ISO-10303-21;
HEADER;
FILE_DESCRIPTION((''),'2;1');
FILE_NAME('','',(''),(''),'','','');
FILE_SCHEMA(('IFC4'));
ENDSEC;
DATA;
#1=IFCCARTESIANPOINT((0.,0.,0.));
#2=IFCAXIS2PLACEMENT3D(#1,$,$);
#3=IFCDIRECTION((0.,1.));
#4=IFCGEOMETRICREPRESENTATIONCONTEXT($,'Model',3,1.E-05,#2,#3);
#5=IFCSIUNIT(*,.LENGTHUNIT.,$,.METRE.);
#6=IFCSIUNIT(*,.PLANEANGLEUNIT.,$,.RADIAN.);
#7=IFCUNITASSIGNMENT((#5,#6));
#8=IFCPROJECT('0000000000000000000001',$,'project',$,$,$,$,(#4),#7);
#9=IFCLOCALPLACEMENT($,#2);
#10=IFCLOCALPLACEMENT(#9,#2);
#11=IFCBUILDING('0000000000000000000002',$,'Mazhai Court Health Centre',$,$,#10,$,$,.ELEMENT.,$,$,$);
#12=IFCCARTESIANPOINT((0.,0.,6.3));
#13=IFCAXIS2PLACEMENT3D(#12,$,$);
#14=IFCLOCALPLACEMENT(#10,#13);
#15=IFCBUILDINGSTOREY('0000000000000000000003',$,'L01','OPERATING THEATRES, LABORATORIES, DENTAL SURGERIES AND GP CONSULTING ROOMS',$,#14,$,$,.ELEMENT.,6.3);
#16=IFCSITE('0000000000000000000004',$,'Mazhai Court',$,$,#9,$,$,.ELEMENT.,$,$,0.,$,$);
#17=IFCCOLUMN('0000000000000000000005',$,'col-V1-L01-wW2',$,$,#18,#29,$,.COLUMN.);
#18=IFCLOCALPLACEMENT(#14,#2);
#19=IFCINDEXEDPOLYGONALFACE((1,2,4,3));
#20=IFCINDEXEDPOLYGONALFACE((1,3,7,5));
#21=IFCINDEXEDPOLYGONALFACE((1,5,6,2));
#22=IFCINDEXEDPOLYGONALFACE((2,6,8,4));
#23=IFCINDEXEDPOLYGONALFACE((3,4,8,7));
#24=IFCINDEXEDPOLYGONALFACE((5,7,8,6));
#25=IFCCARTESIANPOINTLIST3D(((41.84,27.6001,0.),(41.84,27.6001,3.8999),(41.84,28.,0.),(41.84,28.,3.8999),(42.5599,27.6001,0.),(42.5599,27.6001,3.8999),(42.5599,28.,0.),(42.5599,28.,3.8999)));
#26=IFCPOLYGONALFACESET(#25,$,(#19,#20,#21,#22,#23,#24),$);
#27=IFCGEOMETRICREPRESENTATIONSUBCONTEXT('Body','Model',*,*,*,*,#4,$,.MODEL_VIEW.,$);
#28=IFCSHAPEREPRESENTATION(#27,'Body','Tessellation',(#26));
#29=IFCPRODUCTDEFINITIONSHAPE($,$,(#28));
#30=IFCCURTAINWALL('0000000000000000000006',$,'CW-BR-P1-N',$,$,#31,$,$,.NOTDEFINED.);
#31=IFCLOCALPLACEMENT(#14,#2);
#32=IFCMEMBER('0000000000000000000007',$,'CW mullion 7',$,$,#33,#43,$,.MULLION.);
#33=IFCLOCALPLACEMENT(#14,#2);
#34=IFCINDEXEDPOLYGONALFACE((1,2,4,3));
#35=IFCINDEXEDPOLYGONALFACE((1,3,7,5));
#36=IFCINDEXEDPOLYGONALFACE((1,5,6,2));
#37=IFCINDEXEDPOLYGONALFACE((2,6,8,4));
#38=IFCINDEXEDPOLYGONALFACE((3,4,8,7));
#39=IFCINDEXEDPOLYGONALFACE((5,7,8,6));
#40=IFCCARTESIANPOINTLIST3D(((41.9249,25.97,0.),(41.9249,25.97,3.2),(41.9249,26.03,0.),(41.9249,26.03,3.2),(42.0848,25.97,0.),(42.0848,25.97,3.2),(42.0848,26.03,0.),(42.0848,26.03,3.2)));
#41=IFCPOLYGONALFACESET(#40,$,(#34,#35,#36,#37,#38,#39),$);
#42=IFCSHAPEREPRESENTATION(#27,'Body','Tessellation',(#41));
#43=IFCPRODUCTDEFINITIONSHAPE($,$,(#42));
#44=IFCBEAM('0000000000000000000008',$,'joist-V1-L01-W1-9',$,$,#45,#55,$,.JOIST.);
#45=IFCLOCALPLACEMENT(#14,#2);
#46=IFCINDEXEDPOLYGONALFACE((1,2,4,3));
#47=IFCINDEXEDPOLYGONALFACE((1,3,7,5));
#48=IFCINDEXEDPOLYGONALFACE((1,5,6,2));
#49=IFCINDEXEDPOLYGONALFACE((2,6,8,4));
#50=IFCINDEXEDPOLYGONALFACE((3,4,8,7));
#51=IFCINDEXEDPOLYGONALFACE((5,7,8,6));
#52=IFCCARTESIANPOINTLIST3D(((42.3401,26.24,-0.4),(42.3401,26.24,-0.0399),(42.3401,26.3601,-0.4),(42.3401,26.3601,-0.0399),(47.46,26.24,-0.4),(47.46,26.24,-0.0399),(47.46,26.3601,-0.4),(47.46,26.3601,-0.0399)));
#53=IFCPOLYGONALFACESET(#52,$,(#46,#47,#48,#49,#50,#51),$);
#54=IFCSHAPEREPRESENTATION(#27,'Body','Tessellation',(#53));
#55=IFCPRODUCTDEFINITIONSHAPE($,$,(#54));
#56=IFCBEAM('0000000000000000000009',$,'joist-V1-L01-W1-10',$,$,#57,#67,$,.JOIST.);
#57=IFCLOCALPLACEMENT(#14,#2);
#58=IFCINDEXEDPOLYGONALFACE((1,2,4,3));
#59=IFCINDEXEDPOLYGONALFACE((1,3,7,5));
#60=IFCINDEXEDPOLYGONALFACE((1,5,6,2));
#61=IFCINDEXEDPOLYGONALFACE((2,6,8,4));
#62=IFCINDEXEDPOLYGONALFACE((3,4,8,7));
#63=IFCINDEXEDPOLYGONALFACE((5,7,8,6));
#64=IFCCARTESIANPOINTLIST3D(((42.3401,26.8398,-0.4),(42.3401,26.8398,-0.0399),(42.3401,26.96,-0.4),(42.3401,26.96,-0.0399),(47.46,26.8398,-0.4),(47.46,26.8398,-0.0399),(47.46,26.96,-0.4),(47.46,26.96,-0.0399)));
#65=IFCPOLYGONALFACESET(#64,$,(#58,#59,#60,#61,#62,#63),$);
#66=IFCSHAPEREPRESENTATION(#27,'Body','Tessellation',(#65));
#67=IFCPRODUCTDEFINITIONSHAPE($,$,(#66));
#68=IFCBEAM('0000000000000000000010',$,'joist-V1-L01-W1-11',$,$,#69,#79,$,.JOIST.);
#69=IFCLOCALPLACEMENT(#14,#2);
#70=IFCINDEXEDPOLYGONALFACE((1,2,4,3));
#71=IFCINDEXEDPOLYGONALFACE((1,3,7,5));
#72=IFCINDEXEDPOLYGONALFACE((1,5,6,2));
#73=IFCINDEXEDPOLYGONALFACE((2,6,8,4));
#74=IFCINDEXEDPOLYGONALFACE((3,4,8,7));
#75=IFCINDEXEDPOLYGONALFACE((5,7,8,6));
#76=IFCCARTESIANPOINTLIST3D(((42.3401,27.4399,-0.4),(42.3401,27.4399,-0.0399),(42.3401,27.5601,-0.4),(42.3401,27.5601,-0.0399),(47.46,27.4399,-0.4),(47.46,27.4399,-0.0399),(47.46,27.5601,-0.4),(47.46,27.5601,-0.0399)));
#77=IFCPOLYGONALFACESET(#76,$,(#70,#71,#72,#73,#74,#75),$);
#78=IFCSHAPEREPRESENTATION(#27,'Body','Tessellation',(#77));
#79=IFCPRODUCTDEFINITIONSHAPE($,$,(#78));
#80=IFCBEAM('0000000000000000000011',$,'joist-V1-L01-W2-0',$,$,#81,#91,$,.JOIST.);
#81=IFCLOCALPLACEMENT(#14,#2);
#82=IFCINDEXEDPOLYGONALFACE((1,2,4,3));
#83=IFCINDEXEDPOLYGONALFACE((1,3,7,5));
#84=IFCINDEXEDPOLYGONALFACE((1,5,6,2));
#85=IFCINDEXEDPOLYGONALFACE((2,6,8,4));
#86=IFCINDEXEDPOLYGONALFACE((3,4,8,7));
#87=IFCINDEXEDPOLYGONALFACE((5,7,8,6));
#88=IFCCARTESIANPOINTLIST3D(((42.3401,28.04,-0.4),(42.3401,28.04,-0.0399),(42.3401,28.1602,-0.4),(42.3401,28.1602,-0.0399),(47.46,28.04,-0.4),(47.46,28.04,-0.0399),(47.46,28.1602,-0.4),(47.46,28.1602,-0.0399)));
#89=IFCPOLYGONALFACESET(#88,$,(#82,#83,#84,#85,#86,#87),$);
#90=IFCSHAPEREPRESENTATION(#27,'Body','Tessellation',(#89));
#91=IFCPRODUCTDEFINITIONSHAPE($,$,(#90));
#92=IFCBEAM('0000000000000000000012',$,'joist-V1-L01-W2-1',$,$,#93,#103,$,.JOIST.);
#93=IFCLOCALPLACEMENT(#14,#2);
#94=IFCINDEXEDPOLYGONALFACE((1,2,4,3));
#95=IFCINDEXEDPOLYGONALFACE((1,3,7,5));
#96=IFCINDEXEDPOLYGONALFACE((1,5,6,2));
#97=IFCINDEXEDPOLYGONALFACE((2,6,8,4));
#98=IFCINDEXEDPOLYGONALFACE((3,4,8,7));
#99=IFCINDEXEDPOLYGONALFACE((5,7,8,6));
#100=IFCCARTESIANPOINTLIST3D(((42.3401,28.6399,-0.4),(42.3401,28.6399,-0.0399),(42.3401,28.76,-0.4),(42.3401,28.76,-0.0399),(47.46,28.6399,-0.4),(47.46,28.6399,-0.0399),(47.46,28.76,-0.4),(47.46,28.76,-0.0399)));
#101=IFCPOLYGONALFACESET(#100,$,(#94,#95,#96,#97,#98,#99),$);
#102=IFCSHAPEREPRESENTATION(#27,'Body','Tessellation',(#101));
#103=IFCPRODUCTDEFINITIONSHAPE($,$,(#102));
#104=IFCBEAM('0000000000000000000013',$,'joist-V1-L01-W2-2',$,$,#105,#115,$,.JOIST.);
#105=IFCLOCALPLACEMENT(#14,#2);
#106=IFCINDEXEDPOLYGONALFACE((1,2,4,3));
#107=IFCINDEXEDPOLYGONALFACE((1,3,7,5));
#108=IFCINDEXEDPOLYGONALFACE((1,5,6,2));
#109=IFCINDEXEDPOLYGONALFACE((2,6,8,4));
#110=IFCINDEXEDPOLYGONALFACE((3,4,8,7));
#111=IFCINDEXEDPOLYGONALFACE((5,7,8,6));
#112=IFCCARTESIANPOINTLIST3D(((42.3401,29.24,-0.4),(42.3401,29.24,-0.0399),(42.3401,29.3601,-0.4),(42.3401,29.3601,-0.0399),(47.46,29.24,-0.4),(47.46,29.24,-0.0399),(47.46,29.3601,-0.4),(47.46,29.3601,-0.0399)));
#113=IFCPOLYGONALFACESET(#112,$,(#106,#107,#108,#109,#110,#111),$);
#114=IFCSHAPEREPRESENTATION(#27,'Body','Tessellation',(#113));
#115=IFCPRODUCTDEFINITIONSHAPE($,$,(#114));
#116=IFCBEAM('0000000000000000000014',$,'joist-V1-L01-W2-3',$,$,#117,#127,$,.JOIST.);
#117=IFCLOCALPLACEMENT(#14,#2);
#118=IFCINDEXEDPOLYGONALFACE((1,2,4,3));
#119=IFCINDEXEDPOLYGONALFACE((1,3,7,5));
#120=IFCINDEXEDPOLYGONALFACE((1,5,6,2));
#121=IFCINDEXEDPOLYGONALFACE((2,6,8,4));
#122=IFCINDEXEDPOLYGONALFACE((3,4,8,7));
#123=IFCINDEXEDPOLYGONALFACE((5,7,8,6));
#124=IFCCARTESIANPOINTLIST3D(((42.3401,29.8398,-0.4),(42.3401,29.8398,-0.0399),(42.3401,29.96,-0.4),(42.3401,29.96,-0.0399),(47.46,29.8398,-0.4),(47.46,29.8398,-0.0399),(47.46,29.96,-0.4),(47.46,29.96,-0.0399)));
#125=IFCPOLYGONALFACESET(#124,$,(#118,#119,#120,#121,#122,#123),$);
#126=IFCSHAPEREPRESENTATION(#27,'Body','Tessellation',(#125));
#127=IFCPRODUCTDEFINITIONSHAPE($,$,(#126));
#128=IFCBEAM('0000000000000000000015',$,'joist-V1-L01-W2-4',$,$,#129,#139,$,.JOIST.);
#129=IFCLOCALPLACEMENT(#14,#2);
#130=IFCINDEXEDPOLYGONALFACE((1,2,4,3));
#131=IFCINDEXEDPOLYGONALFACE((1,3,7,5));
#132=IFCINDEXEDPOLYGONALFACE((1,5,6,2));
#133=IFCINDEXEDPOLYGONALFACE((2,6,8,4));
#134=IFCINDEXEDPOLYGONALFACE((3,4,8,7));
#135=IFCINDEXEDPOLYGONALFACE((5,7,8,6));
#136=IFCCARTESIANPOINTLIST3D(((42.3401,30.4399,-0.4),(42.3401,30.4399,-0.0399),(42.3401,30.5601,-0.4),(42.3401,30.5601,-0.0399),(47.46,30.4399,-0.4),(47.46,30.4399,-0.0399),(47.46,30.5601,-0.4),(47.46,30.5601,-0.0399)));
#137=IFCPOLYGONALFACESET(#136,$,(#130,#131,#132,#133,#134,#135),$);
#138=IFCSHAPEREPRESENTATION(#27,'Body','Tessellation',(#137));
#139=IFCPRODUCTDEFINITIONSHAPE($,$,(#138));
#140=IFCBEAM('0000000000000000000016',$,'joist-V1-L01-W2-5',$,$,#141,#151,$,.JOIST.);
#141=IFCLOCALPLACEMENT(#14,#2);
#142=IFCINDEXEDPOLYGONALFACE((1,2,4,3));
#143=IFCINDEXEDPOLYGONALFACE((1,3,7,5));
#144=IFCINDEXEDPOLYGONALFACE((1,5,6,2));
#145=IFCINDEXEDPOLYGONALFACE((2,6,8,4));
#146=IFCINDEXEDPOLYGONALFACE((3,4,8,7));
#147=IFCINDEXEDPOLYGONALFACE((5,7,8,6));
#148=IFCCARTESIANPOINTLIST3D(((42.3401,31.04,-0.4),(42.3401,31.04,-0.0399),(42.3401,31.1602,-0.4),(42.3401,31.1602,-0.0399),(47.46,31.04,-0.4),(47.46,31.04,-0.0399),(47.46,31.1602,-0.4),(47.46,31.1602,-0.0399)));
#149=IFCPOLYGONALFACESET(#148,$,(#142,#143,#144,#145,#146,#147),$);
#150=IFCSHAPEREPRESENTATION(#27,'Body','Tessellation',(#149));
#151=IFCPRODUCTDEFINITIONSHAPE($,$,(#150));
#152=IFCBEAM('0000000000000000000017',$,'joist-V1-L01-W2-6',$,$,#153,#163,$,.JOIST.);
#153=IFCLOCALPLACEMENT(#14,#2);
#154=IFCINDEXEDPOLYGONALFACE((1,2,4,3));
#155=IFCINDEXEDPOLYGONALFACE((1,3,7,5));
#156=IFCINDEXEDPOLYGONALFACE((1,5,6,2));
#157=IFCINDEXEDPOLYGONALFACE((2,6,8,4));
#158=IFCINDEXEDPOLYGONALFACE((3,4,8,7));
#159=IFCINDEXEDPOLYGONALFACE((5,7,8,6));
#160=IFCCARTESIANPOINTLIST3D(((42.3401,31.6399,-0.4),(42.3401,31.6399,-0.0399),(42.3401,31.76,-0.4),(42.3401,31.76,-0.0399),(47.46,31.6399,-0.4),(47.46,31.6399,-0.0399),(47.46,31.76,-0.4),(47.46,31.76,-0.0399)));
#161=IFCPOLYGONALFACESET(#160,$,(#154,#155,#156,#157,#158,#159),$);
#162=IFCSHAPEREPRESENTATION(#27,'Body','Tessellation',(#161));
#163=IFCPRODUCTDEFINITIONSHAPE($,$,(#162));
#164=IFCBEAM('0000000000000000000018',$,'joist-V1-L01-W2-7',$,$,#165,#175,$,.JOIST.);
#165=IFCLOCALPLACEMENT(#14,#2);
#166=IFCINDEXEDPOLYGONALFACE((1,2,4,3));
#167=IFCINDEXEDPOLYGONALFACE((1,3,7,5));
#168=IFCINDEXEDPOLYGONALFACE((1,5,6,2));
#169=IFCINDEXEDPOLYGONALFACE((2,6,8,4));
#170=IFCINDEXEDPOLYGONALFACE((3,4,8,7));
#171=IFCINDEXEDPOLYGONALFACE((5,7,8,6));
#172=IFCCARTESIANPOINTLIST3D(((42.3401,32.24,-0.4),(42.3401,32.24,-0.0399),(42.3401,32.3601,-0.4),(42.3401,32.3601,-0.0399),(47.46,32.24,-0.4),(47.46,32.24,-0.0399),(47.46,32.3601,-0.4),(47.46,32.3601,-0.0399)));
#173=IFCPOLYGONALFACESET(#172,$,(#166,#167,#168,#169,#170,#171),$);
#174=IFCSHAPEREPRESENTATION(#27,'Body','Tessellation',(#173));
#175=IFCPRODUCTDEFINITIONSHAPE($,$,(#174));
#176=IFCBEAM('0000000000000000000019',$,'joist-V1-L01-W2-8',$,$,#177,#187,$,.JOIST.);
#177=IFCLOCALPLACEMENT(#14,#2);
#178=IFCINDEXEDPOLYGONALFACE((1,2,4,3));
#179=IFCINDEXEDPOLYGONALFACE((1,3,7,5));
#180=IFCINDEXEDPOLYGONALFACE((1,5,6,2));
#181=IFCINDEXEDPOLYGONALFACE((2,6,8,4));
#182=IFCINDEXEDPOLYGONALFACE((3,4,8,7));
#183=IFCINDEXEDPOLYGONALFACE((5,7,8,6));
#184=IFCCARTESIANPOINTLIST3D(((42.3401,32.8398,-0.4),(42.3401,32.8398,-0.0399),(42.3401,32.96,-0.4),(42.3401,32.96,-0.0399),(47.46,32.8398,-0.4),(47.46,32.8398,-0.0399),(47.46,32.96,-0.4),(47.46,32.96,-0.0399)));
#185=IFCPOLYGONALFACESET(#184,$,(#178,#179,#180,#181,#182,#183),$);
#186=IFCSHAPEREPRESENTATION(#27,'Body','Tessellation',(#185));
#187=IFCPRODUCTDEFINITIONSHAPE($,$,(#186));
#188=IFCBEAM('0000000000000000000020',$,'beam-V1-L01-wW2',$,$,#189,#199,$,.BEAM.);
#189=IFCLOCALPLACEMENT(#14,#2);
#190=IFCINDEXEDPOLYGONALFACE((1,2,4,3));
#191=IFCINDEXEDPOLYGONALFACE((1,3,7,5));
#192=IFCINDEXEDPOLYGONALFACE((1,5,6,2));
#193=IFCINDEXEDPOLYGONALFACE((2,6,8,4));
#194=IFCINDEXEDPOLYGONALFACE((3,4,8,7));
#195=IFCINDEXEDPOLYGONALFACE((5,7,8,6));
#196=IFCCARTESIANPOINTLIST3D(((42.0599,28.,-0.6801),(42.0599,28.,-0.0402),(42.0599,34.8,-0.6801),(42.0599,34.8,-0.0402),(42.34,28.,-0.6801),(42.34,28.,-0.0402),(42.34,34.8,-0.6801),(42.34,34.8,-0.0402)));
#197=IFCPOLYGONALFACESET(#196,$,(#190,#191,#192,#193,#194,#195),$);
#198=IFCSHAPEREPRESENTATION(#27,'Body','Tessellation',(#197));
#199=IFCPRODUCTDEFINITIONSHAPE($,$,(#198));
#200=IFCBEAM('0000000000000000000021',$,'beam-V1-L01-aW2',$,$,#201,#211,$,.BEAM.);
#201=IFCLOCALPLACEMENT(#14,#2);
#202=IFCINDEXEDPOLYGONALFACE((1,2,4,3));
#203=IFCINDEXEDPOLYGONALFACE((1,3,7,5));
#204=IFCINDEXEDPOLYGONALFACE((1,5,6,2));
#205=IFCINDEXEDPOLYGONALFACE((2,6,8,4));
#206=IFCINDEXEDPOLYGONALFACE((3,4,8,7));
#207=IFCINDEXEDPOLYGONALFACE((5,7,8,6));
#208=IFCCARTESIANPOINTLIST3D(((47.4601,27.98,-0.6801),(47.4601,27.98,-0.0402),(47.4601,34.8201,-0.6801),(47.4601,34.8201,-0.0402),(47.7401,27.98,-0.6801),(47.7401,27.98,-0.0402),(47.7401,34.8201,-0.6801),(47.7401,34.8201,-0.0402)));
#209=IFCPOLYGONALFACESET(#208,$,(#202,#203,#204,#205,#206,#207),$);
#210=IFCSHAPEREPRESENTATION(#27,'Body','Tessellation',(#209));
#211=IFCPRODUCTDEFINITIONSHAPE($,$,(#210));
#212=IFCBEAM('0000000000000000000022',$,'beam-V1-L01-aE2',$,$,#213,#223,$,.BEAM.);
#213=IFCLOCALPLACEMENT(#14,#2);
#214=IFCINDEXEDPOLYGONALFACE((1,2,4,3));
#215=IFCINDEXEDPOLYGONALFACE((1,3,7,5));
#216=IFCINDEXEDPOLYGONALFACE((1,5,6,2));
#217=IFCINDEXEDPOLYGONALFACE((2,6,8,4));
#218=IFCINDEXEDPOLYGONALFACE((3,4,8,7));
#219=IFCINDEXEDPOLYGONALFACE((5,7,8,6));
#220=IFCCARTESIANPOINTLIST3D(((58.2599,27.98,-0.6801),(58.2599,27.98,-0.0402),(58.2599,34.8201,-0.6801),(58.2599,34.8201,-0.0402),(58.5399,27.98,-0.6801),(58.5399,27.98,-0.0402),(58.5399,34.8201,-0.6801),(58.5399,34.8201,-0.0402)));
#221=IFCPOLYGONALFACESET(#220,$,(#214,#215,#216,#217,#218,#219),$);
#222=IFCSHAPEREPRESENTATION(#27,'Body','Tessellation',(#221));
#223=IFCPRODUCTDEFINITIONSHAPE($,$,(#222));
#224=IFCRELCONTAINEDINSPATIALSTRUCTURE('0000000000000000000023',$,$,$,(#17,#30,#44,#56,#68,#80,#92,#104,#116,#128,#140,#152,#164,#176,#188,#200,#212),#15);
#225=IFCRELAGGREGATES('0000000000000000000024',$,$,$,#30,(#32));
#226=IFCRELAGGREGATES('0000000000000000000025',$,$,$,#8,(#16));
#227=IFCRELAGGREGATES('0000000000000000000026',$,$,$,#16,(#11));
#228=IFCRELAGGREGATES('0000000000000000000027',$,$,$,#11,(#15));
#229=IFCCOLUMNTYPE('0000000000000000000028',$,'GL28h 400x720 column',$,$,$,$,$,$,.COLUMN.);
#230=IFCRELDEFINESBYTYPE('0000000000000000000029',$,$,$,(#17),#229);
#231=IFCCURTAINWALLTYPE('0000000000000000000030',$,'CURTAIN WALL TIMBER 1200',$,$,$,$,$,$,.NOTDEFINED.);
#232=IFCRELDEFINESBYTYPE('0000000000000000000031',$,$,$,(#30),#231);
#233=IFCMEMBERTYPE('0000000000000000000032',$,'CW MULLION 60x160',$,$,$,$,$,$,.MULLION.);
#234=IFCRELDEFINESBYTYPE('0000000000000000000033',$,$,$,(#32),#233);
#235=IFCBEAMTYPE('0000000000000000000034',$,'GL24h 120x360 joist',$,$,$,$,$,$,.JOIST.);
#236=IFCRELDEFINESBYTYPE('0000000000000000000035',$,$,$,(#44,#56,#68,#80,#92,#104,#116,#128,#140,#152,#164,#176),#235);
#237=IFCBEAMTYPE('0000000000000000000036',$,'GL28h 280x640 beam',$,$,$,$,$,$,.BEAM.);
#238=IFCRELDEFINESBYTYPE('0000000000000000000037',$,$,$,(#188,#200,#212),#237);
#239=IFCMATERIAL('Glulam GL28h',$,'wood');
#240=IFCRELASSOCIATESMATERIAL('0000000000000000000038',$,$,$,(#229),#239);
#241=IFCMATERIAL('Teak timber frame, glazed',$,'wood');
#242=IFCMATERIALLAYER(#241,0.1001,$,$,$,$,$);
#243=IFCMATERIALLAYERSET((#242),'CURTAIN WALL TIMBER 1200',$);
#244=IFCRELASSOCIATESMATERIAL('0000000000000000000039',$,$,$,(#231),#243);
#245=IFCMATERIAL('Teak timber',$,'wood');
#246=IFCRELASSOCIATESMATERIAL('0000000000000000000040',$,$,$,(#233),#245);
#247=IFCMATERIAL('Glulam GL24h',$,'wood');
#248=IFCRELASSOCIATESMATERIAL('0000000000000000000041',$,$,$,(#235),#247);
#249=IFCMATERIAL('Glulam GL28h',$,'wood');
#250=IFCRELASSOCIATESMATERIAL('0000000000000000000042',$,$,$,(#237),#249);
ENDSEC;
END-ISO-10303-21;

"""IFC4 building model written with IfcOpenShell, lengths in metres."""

from ifc_helpers import new_model, si_unit, direction, frame, origin, origin_2d, place, context, subcontext, project, spatial, rectangle, extrude, material, layer, layer_set, material_profile, profile_set, type_object, element, aggregate, save


model = new_model("IFC4")

# Units and contexts
model_context = context("Model", 3, precision=1e-05, world=origin(), true_north=direction((0.0, 1.0)))
body_context = subcontext(model_context, "Body", "Model", "MODEL_VIEW")
ifc_project = project(units=[si_unit("LENGTHUNIT", "METRE"), si_unit("PLANEANGLEUNIT", "RADIAN")], contexts=[model_context])

# Site, building, storey
site_placement = place(None, origin())
site = spatial("IfcSite", under=ifc_project, at=site_placement, Name="Mazhai Court", CompositionType="ELEMENT", RefElevation=0.0)
building_placement = place(site_placement, origin())
building = spatial("IfcBuilding", under=site, at=building_placement, Name="Mazhai Court Health Centre", CompositionType="ELEMENT")
storey_placement = place(building_placement, frame((0.0, 0.0, 6.3)))
storey = spatial("IfcBuildingStorey", under=building, at=storey_placement, Name="L01", Description="OPERATING THEATRES, LABORATORIES, DENTAL SURGERIES AND GP CONSULTING ROOMS", CompositionType="ELEMENT", Elevation=6.3)

# Column
ifc_material_1 = material(Name="Glulam GL28h", Category="wood")
ifc_material_profile_1 = material_profile(ifc_material_1, rectangle(XDim=0.3999, YDim=0.72, at=origin_2d()), Name="GL28h 400x720")
ifc_profile_set_1 = profile_set([ifc_material_profile_1], Name="Glulam GL28h")
column_type = type_object("IfcColumnType", Name="GL28h 400x720 column", PredefinedType="COLUMN", material=ifc_profile_set_1)
column_placement = place(storey_placement, frame((42.2, 27.8, 0.0), z_axis=(0.0, 0.0, 1.0), x_axis=(0.0, 1.0, 0.0)))
element("IfcColumn", 1, at=column_placement, inside=storey, type_object=column_type, Name="col-V1-L01-wW2", PredefinedType="COLUMN", context=body_context, shape_type="SweptSolid", body=[
    extrude(rectangle(XDim=0.3999, YDim=0.72, at=origin_2d()), origin(), (0.0, 0.0, 1.0), 3.8999),
])

# Curtain wall, member
ifc_material_2 = material(Name="Teak timber frame, glazed", Category="wood")
ifc_layer_1 = layer(ifc_material_2, 0.1001)
ifc_layer_set_1 = layer_set([ifc_layer_1], Name="CURTAIN WALL TIMBER 1200")
curtain_wall_type = type_object("IfcCurtainWallType", Name="CURTAIN WALL TIMBER 1200", PredefinedType="NOTDEFINED", material=ifc_layer_set_1)
curtain_wall_placement = place(storey_placement, origin())
curtain_wall = element("IfcCurtainWall", 2, at=curtain_wall_placement, inside=storey, type_object=curtain_wall_type, Name="CW-BR-P1-N", PredefinedType="NOTDEFINED")
ifc_material_3 = material(Name="Teak timber", Category="wood")
ifc_material_profile_2 = material_profile(ifc_material_3, rectangle(XDim=0.0601, YDim=0.1599, at=origin_2d()), Name="CW MULLION 60x160")
ifc_profile_set_2 = profile_set([ifc_material_profile_2], Name="Teak timber")
member_type = type_object("IfcMemberType", Name="CW MULLION 60x160", PredefinedType="MULLION", material=ifc_profile_set_2)
member_placement = place(storey_placement, frame((42.0049, 26.0, 0.0), z_axis=(0.0, 0.0, 1.0), x_axis=(0.0, 1.0, 0.0)))
member = element("IfcMember", 3, at=member_placement, type_object=member_type, Name="CW mullion 7", PredefinedType="MULLION", context=body_context, shape_type="SweptSolid", body=[
    extrude(rectangle(XDim=0.0601, YDim=0.1599, at=origin_2d()), origin(), (0.0, 0.0, 1.0), 3.2),
])

# Beams
ifc_material_4 = material(Name="Glulam GL24h", Category="wood")
ifc_material_profile_3 = material_profile(ifc_material_4, rectangle(XDim=0.1201, YDim=0.3601, at=origin_2d()), Name="GL24h 120x360")
ifc_profile_set_3 = profile_set([ifc_material_profile_3], Name="Glulam GL24h")
beam_type_1 = type_object("IfcBeamType", Name="GL24h 120x360 joist", PredefinedType="JOIST", material=ifc_profile_set_3)
for number, where, z_axis, x_axis, name in (
    (4, (42.3401, 26.3, -0.22), (1.0, 0.0, 0.0), (0.0, 1.0, 0.0), "joist-V1-L01-W1-9"),
    (5, (42.3401, 26.8999, -0.22), (1.0, 0.0, 0.0), (0.0, 1.0, 0.0), "joist-V1-L01-W1-10"),
    (6, (42.3401, 27.5, -0.22), (1.0, 0.0, 0.0), (0.0, 1.0, 0.0), "joist-V1-L01-W1-11"),
    (7, (42.3401, 28.1001, -0.22), (1.0, 0.0, 0.0), (0.0, 1.0, 0.0), "joist-V1-L01-W2-0"),
    (8, (42.3401, 28.7, -0.22), (1.0, 0.0, 0.0), (0.0, 1.0, 0.0), "joist-V1-L01-W2-1"),
    (9, (42.3401, 29.3, -0.22), (1.0, 0.0, 0.0), (0.0, 1.0, 0.0), "joist-V1-L01-W2-2"),
    (10, (42.3401, 29.8999, -0.22), (1.0, 0.0, 0.0), (0.0, 1.0, 0.0), "joist-V1-L01-W2-3"),
    (11, (42.3401, 30.5, -0.22), (1.0, 0.0, 0.0), (0.0, 1.0, 0.0), "joist-V1-L01-W2-4"),
    (12, (42.3401, 31.1001, -0.22), (1.0, 0.0, 0.0), (0.0, 1.0, 0.0), "joist-V1-L01-W2-5"),
    (13, (42.3401, 31.7, -0.22), (1.0, 0.0, 0.0), (0.0, 1.0, 0.0), "joist-V1-L01-W2-6"),
    (14, (42.3401, 32.3, -0.22), (1.0, 0.0, 0.0), (0.0, 1.0, 0.0), "joist-V1-L01-W2-7"),
    (15, (42.3401, 32.8999, -0.22), (1.0, 0.0, 0.0), (0.0, 1.0, 0.0), "joist-V1-L01-W2-8"),
):
    element("IfcBeam", number, at=place(storey_placement, frame(where, z_axis=z_axis, x_axis=x_axis)), inside=storey, type_object=beam_type_1, Name=name, PredefinedType="JOIST", context=body_context, shape_type="SweptSolid", body=[
        extrude(rectangle(XDim=0.1201, YDim=0.3601, at=origin_2d()), origin(), (0.0, 0.0, 1.0), 5.1199),
    ])
ifc_material_5 = material(Name="Glulam GL28h", Category="wood")
ifc_material_profile_4 = material_profile(ifc_material_5, rectangle(XDim=0.28, YDim=0.6399, at=origin_2d()), Name="GL28h 280x640")
ifc_profile_set_4 = profile_set([ifc_material_profile_4], Name="Glulam GL28h")
beam_type_2 = type_object("IfcBeamType", Name="GL28h 280x640 beam", PredefinedType="BEAM", material=ifc_profile_set_4)
beam_placement = place(storey_placement, frame((42.2, 28.0, -0.3601), z_axis=(0.0, 1.0, 0.0), x_axis=(-1.0, 0.0, 0.0)))
element("IfcBeam", 16, at=beam_placement, inside=storey, type_object=beam_type_2, Name="beam-V1-L01-wW2", PredefinedType="BEAM", context=body_context, shape_type="SweptSolid", body=[
    extrude(rectangle(XDim=0.28, YDim=0.6399, at=origin_2d()), origin(), (0.0, 0.0, 1.0), 6.8),
])
for number, where, z_axis, x_axis, name in (
    (17, (47.6001, 27.98, -0.3601), (0.0, 1.0, 0.0), (-1.0, 0.0, 0.0), "beam-V1-L01-aW2"),
    (18, (58.3999, 27.98, -0.3601), (0.0, 1.0, 0.0), (-1.0, 0.0, 0.0), "beam-V1-L01-aE2"),
):
    element("IfcBeam", number, at=place(storey_placement, frame(where, z_axis=z_axis, x_axis=x_axis)), inside=storey, type_object=beam_type_2, Name=name, PredefinedType="BEAM", context=body_context, shape_type="SweptSolid", body=[
        extrude(rectangle(XDim=0.28, YDim=0.6399, at=origin_2d()), origin(), (0.0, 0.0, 1.0), 6.8401),
    ])

aggregate(curtain_wall, [member])

save(model, "model.ifc")
